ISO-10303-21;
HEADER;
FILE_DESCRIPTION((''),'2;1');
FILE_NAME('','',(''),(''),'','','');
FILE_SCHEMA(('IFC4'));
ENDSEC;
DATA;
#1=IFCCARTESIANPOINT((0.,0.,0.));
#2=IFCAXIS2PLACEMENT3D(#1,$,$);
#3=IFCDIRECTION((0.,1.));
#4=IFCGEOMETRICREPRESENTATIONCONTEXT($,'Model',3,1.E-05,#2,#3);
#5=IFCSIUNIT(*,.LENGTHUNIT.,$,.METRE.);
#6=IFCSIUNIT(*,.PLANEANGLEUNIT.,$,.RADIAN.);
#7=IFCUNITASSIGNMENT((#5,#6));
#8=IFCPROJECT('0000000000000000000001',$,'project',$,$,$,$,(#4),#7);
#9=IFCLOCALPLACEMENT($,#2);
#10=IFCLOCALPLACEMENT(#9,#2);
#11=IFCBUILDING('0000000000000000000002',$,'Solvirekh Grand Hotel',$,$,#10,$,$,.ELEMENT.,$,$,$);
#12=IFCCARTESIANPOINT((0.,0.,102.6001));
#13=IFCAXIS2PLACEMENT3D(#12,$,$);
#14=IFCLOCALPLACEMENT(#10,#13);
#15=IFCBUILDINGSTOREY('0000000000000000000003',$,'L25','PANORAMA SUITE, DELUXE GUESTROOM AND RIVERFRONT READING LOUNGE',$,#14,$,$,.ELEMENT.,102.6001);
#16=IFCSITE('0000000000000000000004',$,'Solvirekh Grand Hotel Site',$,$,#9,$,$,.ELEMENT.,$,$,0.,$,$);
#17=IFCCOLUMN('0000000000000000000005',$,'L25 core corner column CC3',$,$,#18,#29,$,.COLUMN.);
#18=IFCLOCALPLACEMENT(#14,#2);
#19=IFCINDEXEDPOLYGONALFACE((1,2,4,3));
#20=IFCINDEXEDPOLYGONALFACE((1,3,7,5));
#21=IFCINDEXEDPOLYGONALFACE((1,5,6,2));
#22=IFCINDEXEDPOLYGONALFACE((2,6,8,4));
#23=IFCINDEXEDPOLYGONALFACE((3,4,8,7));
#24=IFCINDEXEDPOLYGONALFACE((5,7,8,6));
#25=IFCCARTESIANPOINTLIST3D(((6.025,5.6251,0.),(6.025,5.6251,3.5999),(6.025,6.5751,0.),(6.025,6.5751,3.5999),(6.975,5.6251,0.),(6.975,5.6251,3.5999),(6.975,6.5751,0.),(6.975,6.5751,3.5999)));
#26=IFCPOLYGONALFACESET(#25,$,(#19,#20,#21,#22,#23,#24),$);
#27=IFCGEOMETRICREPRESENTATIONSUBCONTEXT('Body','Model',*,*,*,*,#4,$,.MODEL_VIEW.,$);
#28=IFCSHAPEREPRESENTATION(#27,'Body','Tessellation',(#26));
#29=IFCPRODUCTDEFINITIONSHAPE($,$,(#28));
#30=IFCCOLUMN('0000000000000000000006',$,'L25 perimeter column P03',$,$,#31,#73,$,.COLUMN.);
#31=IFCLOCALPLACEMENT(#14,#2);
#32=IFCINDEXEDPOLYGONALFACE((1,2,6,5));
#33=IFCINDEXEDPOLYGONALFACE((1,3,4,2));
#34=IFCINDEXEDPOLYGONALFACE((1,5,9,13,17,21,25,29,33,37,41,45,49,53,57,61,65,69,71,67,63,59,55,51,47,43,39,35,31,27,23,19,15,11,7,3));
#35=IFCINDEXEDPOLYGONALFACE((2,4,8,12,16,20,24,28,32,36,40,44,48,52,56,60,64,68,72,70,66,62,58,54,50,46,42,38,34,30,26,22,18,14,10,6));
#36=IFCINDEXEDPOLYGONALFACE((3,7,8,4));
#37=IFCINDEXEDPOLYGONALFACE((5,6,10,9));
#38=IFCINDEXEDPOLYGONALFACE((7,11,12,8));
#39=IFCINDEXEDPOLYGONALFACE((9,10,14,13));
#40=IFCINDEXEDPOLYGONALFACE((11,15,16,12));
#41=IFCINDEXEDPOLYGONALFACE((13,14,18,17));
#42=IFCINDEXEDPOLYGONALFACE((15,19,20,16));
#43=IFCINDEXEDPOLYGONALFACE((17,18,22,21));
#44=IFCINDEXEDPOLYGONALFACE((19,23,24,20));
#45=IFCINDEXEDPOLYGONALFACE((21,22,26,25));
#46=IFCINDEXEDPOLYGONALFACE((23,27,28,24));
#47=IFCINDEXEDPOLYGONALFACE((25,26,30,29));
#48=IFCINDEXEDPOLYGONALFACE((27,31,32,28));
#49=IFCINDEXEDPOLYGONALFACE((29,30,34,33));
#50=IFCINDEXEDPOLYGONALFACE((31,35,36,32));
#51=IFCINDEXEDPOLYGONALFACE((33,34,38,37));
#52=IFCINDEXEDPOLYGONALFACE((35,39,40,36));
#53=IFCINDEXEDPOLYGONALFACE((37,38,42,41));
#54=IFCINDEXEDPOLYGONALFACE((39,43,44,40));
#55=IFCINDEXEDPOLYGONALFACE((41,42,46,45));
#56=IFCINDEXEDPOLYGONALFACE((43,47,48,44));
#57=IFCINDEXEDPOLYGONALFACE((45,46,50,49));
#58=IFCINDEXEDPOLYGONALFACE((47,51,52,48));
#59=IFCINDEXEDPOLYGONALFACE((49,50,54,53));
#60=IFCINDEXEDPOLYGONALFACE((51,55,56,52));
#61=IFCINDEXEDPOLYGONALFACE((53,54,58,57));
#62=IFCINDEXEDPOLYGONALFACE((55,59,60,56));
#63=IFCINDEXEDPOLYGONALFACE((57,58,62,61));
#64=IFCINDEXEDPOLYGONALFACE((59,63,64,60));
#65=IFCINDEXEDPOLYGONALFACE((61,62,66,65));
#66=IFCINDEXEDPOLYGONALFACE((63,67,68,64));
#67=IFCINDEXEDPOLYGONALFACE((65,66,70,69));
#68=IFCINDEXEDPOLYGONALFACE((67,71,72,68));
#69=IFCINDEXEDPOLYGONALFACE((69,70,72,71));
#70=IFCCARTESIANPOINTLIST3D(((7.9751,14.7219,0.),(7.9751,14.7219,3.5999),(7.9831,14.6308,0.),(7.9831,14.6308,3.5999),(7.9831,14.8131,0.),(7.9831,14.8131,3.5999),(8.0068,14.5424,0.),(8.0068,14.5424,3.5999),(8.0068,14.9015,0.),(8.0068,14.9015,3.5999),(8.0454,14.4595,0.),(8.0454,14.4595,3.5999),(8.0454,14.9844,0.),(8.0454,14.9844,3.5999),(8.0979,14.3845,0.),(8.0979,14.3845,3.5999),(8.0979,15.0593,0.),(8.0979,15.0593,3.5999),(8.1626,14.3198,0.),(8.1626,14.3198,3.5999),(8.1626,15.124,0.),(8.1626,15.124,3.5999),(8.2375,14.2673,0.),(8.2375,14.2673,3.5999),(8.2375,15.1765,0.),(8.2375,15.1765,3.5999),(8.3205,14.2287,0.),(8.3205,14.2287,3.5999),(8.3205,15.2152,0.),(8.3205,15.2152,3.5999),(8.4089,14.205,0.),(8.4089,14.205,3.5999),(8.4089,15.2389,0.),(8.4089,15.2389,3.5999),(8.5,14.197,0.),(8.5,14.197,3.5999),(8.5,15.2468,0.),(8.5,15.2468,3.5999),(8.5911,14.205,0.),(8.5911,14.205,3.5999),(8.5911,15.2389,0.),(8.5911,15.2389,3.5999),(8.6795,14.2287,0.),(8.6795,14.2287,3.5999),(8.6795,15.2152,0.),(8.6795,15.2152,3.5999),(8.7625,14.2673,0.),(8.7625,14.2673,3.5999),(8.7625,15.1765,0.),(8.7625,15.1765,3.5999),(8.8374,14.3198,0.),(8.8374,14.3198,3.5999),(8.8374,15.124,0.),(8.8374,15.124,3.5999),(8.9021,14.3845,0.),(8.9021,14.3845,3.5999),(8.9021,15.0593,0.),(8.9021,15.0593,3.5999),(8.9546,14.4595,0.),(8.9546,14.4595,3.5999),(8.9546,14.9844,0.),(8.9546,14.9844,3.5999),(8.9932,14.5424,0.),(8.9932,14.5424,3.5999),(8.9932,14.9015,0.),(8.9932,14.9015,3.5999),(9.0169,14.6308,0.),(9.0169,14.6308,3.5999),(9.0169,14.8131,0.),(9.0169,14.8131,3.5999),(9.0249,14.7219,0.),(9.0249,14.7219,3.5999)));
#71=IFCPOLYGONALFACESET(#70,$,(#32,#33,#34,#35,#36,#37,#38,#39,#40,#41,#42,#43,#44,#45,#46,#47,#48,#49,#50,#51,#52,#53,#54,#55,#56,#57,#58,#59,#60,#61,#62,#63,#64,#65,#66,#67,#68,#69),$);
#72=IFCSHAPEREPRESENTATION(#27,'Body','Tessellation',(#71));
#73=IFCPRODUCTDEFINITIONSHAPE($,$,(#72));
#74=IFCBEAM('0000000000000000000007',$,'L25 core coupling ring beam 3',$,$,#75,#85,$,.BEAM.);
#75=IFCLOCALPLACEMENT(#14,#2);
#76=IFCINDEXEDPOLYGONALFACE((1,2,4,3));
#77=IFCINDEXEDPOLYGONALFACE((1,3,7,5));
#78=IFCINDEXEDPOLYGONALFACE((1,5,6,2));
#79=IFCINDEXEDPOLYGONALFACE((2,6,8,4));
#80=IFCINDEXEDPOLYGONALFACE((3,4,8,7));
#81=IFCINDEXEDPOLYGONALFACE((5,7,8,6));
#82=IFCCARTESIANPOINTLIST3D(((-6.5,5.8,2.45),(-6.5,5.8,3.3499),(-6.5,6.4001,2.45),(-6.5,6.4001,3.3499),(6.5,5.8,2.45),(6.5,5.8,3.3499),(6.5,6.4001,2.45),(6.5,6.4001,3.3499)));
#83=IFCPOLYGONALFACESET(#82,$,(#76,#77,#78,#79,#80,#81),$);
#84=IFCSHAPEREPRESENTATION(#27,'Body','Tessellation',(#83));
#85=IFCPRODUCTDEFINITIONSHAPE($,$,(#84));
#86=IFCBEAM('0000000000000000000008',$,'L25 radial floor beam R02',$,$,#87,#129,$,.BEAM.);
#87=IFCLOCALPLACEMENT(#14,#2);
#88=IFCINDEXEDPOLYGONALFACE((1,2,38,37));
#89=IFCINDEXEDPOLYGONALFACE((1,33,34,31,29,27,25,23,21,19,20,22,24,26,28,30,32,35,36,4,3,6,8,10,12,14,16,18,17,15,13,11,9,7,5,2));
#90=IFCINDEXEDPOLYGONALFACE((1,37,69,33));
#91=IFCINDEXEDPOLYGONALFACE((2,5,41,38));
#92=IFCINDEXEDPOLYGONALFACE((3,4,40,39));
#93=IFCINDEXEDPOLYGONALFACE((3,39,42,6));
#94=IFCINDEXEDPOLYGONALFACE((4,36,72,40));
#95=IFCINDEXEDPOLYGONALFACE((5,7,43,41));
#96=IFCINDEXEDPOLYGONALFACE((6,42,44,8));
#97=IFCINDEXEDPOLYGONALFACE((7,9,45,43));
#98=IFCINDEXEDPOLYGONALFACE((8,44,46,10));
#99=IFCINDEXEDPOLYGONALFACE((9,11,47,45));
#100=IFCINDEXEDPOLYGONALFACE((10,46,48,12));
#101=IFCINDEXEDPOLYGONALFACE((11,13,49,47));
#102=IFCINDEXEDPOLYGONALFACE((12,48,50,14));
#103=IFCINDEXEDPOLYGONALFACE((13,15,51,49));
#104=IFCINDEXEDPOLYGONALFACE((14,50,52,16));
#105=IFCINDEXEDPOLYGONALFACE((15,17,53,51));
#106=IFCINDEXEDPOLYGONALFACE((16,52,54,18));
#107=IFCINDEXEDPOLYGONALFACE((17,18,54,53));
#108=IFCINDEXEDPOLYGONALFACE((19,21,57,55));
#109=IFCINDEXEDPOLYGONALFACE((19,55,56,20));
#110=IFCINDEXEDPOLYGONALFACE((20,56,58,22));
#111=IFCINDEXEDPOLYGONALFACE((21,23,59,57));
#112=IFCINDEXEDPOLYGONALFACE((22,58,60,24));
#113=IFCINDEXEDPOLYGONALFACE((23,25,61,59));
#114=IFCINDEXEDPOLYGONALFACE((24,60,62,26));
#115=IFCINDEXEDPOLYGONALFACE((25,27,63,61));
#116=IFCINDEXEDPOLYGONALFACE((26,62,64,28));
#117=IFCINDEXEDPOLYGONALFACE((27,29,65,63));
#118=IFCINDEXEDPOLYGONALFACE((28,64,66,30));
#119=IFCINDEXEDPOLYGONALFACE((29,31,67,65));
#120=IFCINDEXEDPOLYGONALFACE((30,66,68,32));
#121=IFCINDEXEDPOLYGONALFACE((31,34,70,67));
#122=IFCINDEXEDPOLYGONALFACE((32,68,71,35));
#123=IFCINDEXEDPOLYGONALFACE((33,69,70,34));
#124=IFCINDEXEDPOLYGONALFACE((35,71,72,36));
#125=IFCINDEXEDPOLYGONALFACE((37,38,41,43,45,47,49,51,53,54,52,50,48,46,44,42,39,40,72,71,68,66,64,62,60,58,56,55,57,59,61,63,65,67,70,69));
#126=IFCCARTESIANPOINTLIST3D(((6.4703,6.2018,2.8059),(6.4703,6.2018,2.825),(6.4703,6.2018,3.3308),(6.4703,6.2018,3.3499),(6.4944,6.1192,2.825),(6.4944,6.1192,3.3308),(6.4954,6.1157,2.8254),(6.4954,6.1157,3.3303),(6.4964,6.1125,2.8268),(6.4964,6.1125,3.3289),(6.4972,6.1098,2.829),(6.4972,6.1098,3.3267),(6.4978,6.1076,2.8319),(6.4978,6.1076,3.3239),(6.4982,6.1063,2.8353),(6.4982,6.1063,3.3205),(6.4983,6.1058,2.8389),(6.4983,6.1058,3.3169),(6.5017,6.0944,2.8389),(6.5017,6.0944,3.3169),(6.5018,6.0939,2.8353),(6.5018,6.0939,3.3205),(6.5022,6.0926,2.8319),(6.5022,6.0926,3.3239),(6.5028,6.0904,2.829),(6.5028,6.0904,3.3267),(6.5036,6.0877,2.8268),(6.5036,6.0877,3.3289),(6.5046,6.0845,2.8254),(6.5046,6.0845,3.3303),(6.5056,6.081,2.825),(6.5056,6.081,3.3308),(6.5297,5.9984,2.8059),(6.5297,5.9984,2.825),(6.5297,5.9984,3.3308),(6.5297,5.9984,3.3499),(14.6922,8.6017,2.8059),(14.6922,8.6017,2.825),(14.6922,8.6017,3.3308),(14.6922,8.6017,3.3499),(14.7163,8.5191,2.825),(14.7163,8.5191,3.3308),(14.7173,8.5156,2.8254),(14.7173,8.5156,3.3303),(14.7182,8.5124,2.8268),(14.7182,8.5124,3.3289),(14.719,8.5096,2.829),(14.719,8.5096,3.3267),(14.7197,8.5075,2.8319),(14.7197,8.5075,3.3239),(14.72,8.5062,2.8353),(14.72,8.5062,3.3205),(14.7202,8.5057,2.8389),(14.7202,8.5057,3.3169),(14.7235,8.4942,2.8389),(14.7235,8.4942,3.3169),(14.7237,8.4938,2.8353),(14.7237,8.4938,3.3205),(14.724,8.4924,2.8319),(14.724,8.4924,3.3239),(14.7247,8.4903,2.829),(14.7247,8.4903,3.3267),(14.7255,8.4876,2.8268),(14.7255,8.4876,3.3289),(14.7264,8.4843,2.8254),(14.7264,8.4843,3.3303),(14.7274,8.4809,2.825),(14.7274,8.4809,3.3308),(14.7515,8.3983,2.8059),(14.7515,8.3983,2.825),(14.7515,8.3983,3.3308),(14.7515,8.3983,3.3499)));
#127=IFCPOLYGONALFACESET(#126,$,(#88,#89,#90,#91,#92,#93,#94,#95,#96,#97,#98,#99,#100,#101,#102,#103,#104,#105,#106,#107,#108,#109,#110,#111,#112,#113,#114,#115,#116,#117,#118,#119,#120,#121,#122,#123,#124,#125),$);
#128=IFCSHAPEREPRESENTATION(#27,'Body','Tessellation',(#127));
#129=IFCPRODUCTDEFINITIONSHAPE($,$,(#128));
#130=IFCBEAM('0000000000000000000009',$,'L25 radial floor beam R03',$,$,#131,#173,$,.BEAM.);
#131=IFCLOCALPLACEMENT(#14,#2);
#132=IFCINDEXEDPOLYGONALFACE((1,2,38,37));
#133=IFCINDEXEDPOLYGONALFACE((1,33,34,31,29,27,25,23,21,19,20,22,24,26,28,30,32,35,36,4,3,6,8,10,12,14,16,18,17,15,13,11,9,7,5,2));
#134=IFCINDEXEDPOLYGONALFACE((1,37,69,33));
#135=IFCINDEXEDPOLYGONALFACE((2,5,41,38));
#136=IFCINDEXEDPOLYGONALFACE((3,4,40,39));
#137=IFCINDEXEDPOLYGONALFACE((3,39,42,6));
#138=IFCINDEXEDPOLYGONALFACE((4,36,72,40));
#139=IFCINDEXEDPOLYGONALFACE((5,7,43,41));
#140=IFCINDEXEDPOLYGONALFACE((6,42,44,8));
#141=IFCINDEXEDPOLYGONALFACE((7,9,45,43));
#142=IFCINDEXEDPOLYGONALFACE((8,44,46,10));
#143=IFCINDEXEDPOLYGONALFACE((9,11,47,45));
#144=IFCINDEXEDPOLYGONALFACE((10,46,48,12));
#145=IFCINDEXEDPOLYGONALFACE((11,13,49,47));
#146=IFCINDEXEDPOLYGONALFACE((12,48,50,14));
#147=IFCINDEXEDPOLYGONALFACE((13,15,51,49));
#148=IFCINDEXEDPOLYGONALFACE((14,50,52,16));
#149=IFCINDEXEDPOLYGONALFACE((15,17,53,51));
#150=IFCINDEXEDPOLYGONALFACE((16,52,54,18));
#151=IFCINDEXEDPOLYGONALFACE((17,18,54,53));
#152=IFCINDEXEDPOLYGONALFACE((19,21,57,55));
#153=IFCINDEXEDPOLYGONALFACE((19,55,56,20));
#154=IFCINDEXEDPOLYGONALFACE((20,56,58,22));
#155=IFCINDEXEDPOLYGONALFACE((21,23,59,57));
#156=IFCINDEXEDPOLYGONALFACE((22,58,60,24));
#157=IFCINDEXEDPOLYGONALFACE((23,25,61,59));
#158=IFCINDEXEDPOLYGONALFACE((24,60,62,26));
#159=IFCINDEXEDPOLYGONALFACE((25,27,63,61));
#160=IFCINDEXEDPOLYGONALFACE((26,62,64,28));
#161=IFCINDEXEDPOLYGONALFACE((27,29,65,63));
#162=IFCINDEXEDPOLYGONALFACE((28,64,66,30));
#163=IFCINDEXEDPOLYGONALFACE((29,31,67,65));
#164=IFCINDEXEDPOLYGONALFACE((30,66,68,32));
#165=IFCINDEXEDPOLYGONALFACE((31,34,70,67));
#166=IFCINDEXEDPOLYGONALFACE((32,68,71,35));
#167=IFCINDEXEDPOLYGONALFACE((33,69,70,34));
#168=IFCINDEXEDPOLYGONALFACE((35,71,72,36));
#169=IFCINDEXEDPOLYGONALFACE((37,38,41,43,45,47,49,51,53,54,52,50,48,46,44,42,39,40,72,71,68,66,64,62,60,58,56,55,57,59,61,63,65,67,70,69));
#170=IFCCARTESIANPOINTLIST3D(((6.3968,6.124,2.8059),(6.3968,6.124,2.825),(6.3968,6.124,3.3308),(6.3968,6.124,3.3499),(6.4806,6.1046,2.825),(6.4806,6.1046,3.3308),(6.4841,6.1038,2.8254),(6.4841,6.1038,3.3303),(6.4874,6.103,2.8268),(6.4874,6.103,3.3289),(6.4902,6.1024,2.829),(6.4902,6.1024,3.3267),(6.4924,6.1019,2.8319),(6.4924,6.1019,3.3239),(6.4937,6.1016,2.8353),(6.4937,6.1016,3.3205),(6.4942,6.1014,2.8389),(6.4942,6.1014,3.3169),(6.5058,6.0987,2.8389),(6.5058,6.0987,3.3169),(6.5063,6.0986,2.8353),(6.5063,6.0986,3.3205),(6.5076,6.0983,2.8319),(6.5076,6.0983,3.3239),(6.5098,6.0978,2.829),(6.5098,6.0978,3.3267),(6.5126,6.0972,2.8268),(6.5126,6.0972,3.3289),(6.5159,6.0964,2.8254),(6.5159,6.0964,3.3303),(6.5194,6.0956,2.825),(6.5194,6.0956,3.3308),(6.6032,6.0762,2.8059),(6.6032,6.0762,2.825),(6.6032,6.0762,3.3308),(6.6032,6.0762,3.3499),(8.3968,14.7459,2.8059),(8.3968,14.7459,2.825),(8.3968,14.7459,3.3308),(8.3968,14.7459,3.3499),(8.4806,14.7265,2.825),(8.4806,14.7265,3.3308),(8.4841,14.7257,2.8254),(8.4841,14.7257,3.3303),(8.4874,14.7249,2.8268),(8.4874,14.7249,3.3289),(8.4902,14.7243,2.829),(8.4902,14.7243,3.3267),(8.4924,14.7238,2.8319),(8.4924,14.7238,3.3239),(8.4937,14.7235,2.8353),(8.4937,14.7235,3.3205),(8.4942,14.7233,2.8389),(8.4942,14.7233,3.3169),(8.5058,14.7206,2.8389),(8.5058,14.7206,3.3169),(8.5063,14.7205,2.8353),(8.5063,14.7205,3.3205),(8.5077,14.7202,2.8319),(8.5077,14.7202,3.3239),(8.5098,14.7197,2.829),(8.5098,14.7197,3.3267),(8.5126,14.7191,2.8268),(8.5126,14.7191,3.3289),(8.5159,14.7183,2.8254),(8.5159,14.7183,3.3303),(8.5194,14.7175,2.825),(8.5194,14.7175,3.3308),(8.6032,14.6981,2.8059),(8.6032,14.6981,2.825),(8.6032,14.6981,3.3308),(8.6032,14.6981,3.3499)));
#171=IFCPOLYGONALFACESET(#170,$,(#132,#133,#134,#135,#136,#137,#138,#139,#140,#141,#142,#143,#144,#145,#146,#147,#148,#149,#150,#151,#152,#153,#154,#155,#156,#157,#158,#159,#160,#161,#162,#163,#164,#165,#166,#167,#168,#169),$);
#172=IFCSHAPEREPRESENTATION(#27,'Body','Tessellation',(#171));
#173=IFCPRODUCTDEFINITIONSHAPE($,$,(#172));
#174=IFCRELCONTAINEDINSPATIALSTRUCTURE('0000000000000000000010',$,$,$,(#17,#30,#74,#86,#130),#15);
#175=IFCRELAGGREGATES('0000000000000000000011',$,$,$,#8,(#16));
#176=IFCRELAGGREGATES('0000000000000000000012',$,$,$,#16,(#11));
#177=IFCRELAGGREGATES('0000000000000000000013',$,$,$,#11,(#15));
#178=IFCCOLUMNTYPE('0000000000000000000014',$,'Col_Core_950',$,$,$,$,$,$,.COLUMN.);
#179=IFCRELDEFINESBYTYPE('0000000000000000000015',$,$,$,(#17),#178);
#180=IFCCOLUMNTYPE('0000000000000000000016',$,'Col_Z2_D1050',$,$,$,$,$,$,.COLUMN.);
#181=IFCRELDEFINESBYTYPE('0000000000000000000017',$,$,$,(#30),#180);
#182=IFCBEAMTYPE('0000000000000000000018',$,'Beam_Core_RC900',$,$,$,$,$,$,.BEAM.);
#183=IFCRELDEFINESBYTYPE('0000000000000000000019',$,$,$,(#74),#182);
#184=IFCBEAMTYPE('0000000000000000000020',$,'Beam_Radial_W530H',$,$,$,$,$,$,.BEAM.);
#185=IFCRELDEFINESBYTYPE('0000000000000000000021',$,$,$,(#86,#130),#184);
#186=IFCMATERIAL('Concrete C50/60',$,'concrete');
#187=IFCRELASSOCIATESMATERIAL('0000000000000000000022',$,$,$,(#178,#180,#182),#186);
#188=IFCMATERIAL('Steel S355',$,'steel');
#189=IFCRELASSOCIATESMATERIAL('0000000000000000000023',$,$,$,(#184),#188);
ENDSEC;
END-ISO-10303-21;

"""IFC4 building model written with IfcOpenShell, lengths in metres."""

from ifc_helpers import new_model, si_unit, direction, frame, origin, origin_2d, place, context, subcontext, project, spatial, rectangle, circle, i_section, extrude, material, material_profile, profile_set, type_object, element, save


model = new_model("IFC4")

# Units and contexts
model_context = context("Model", 3, precision=1e-05, world=origin(), true_north=direction((0.0, 1.0)))
body_context = subcontext(model_context, "Body", "Model", "MODEL_VIEW")
ifc_project = project(units=[si_unit("LENGTHUNIT", "METRE"), si_unit("PLANEANGLEUNIT", "RADIAN")], contexts=[model_context])

# Site, building, storey
site_placement = place(None, origin())
site = spatial("IfcSite", under=ifc_project, at=site_placement, Name="Solvirekh Grand Hotel Site", CompositionType="ELEMENT", RefElevation=0.0)
building_placement = place(site_placement, origin())
building = spatial("IfcBuilding", under=site, at=building_placement, Name="Solvirekh Grand Hotel", CompositionType="ELEMENT")
storey_placement = place(building_placement, frame((0.0, 0.0, 102.6001)))
storey = spatial("IfcBuildingStorey", under=building, at=storey_placement, Name="L25", Description="PANORAMA SUITE, DELUXE GUESTROOM AND RIVERFRONT READING LOUNGE", CompositionType="ELEMENT", Elevation=102.6001)

# Columns
ifc_material_1 = material(Name="Concrete C50/60", Category="concrete")
ifc_material_profile_1 = material_profile(ifc_material_1, rectangle(XDim=0.95, YDim=0.95, at=origin_2d()), Name="RC 950X950")
ifc_profile_set_1 = profile_set([ifc_material_profile_1], Name="Concrete C50/60")
column_type_1 = type_object("IfcColumnType", Name="Col_Core_950", PredefinedType="COLUMN", material=ifc_profile_set_1)
column_1_placement = place(storey_placement, frame((6.5, 6.1001, 0.0), z_axis=(0.0, 0.0, 1.0), x_axis=(1.0, 0.0, 0.0)))
element("IfcColumn", 1, at=column_1_placement, inside=storey, type_object=column_type_1, Name="L25 core corner column CC3", PredefinedType="COLUMN", context=body_context, shape_type="SweptSolid", body=[
    extrude(rectangle(XDim=0.95, YDim=0.95, at=origin_2d()), origin(), (0.0, 0.0, 1.0), 3.5999),
])
ifc_material_profile_2 = material_profile(ifc_material_1, circle(Radius=0.5249, at=origin_2d()), Name="RC CIRC D1050")
ifc_profile_set_2 = profile_set([ifc_material_profile_2], Name="Concrete C50/60")
column_type_2 = type_object("IfcColumnType", Name="Col_Z2_D1050", PredefinedType="COLUMN", material=ifc_profile_set_2)
column_2_placement = place(storey_placement, frame((8.5, 14.7219, 0.0), z_axis=(0.0, 0.0, 1.0), x_axis=(1.0, 0.0, 0.0)))
element("IfcColumn", 2, at=column_2_placement, inside=storey, type_object=column_type_2, Name="L25 perimeter column P03", PredefinedType="COLUMN", context=body_context, shape_type="SweptSolid", body=[
    extrude(circle(Radius=0.5249, at=origin_2d()), origin(), (0.0, 0.0, 1.0), 3.5999),
])

# Beams
ifc_material_profile_3 = material_profile(ifc_material_1, rectangle(XDim=0.6001, YDim=0.8999, at=origin_2d()), Name="RC BEAM 600X900")
ifc_profile_set_3 = profile_set([ifc_material_profile_3], Name="Concrete C50/60")
beam_type_1 = type_object("IfcBeamType", Name="Beam_Core_RC900", PredefinedType="BEAM", material=ifc_profile_set_3)
beam_1_placement = place(storey_placement, frame((6.5, 6.1001, 2.8999), z_axis=(-1.0, 0.0, 0.0), x_axis=(0.0, -1.0, 0.0)))
element("IfcBeam", 3, at=beam_1_placement, inside=storey, type_object=beam_type_1, Name="L25 core coupling ring beam 3", PredefinedType="BEAM", context=body_context, shape_type="SweptSolid", body=[
    extrude(rectangle(XDim=0.6001, YDim=0.8999, at=origin_2d()), origin(), (0.0, 0.0, 1.0), 13.0),
])
ifc_material_2 = material(Name="Steel S355", Category="steel")
ifc_material_profile_4 = material_profile(ifc_material_2, i_section(OverallWidth=0.2119, OverallDepth=0.5439, WebThickness=0.012, FlangeThickness=0.019, FilletRadius=0.0139, at=origin_2d()), Name="W530X123")
ifc_profile_set_4 = profile_set([ifc_material_profile_4], Name="Steel S355")
beam_type_2 = type_object("IfcBeamType", Name="Beam_Radial_W530H", PredefinedType="BEAM", material=ifc_profile_set_4)
beam_2_placement = place(storey_placement, frame((6.5, 6.1001, 3.0779), z_axis=(0.959942, 0.280198, 0.0), x_axis=(-0.280198, 0.959942, 0.0)))
element("IfcBeam", 4, at=beam_2_placement, inside=storey, type_object=beam_type_2, Name="L25 radial floor beam R02", PredefinedType="BEAM", context=body_context, shape_type="SweptSolid", body=[
    extrude(i_section(OverallWidth=0.2119, OverallDepth=0.5439, WebThickness=0.012, FlangeThickness=0.019, FilletRadius=0.0139, at=origin_2d()), origin(), (0.0, 0.0, 1.0), 8.5649),
])
beam_3_placement = place(storey_placement, frame((6.5, 6.1001, 3.0779), z_axis=(0.225969, 0.974134, 0.0), x_axis=(-0.974134, 0.225969, 0.0)))
element("IfcBeam", 5, at=beam_3_placement, inside=storey, type_object=beam_type_2, Name="L25 radial floor beam R03", PredefinedType="BEAM", context=body_context, shape_type="SweptSolid", body=[
    extrude(i_section(OverallWidth=0.2119, OverallDepth=0.5439, WebThickness=0.012, FlangeThickness=0.019, FilletRadius=0.0139, at=origin_2d()), origin(), (0.0, 0.0, 1.0), 8.8508),
])

save(model, "model.ifc")
